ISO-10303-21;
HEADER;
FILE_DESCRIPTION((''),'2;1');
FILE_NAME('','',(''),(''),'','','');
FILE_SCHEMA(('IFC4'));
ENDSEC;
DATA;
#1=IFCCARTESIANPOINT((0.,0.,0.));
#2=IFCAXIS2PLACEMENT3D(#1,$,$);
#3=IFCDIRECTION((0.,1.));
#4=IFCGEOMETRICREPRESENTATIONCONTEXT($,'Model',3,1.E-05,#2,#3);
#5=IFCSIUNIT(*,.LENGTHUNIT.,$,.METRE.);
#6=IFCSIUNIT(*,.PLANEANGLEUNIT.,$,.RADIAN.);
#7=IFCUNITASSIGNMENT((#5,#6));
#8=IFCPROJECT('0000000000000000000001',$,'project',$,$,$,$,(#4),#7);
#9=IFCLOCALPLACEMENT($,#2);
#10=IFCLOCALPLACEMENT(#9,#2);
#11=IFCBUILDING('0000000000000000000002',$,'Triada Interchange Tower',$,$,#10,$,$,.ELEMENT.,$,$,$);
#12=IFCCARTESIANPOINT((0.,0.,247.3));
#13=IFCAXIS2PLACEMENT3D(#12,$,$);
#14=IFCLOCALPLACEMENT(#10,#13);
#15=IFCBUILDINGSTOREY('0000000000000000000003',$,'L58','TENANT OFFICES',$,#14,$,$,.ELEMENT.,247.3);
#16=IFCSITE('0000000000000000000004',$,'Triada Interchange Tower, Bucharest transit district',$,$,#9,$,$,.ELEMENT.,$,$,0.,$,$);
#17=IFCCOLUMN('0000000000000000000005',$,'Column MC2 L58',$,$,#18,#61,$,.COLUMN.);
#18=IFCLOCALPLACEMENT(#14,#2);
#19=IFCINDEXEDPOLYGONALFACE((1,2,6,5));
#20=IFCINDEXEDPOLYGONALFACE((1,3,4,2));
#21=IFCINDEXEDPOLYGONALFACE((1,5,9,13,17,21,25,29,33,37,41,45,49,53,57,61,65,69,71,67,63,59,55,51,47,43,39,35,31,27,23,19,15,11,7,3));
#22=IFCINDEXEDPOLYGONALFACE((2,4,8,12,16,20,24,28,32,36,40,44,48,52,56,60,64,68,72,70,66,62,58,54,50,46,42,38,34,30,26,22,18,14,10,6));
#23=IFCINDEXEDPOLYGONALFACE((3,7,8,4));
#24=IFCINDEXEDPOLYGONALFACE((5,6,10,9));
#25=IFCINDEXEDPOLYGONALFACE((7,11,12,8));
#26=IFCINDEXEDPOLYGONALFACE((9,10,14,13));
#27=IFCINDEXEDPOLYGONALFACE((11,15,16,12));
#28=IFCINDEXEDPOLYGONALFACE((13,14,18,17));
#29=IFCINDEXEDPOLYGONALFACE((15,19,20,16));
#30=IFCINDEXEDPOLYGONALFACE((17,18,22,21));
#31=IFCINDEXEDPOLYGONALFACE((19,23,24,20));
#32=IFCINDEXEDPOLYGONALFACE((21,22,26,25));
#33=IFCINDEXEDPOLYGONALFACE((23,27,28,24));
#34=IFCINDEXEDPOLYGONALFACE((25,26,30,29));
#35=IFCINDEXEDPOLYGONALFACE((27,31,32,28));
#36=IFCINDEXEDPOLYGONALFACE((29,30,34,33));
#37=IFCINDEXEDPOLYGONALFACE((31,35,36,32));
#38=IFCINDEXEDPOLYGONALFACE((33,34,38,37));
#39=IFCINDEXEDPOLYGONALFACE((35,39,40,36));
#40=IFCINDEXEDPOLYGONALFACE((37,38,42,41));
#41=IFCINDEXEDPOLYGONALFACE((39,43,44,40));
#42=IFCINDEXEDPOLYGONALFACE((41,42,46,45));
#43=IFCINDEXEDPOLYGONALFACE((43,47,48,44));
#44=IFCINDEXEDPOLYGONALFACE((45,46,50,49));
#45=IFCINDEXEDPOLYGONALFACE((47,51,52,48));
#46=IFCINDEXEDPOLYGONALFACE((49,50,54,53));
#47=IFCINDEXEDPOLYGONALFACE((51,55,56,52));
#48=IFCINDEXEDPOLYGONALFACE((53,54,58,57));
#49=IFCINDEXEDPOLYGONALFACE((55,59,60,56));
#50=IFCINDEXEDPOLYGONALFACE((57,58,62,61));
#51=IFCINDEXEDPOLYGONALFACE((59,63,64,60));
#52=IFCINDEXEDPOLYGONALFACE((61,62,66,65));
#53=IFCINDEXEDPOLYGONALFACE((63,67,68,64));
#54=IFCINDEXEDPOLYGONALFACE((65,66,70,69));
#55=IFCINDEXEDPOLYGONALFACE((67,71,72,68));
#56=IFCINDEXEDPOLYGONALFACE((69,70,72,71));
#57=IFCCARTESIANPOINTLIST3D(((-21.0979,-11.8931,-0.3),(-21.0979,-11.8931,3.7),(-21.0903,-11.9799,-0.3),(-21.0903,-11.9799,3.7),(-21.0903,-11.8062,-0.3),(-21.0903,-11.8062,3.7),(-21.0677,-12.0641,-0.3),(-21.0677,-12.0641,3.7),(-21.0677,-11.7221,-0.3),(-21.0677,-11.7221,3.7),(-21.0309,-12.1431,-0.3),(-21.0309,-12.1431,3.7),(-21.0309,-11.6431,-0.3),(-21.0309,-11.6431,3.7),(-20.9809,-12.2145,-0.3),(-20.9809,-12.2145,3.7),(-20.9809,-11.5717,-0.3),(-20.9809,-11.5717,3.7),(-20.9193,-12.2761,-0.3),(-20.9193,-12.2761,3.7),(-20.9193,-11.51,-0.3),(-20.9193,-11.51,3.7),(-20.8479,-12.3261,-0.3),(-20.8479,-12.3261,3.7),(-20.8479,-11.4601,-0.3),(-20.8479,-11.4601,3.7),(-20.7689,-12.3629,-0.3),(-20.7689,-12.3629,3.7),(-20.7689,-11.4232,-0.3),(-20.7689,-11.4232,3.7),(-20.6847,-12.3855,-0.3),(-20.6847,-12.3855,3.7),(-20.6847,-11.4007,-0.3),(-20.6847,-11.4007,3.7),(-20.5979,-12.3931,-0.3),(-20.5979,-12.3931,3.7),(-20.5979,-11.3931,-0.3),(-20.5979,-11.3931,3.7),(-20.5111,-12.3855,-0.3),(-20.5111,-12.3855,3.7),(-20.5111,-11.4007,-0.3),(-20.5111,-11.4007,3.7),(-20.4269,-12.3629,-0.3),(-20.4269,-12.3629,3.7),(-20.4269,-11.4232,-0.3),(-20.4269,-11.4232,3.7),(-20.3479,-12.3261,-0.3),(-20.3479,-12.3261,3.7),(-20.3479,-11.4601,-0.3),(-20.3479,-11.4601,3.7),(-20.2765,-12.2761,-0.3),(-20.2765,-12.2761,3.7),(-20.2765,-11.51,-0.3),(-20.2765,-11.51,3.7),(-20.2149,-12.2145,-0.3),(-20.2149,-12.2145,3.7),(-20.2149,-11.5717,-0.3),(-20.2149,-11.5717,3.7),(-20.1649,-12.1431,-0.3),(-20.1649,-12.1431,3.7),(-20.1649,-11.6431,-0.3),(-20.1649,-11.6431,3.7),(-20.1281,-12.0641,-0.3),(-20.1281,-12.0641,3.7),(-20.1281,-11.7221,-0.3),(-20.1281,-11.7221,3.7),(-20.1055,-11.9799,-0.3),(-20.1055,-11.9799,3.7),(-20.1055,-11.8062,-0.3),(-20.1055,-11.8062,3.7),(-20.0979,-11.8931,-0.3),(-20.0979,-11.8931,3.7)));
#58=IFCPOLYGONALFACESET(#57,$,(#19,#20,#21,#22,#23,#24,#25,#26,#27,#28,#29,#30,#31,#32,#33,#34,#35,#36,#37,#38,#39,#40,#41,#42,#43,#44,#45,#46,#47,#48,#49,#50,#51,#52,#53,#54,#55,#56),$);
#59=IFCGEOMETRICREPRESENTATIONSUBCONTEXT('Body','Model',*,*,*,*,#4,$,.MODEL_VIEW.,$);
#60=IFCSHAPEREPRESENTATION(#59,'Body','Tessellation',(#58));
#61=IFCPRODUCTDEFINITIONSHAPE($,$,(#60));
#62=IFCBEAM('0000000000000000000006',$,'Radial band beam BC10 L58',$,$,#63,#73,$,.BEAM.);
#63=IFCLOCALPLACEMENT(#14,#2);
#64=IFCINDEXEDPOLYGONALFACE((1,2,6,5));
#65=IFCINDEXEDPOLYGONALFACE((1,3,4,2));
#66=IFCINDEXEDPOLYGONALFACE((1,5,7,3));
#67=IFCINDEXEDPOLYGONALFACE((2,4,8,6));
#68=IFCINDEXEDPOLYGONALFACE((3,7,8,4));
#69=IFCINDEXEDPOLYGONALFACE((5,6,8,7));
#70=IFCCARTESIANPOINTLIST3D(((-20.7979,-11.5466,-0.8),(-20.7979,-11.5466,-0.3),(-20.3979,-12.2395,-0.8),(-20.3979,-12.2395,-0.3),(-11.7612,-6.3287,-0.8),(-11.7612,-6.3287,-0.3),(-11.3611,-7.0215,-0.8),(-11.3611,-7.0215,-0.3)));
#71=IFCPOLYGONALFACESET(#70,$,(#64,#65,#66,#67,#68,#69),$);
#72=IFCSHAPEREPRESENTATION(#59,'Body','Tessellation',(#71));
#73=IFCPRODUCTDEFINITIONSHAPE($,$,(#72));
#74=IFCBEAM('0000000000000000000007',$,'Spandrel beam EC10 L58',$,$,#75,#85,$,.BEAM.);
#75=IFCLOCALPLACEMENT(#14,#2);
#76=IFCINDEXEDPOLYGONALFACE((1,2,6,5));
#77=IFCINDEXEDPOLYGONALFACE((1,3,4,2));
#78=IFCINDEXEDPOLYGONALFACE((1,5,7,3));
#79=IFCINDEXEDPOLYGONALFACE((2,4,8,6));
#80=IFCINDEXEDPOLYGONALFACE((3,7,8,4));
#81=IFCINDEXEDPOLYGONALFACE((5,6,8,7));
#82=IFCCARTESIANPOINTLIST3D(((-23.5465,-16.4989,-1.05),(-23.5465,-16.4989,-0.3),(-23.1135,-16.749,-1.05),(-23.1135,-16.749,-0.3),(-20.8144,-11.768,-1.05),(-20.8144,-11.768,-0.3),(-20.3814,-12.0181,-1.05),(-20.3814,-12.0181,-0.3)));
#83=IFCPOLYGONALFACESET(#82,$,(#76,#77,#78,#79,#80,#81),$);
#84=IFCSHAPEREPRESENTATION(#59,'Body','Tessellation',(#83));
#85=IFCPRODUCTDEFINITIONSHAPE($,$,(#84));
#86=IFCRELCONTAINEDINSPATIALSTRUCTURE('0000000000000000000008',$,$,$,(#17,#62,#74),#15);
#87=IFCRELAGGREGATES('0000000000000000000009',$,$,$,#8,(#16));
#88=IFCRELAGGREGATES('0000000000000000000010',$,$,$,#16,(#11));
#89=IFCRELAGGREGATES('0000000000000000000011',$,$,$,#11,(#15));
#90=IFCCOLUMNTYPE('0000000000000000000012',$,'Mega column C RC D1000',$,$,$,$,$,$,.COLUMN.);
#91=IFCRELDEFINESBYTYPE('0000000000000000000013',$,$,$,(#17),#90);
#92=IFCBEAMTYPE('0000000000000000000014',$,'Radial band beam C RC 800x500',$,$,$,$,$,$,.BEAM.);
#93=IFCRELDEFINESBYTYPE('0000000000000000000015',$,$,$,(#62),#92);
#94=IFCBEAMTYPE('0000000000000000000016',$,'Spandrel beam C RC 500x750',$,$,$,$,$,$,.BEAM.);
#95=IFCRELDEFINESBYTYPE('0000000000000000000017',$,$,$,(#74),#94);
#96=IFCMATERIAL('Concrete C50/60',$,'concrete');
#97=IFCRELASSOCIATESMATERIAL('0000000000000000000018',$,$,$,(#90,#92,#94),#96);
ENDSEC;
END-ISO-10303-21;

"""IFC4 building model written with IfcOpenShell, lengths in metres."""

from ifc_helpers import new_model, si_unit, direction, frame, origin, origin_2d, place, context, subcontext, project, spatial, rectangle, circle, extrude, material, material_profile, profile_set, type_object, element, save


model = new_model("IFC4")

# Units and contexts
model_context = context("Model", 3, precision=1e-05, world=origin(), true_north=direction((0.0, 1.0)))
body_context = subcontext(model_context, "Body", "Model", "MODEL_VIEW")
ifc_project = project(units=[si_unit("LENGTHUNIT", "METRE"), si_unit("PLANEANGLEUNIT", "RADIAN")], contexts=[model_context])

# Site, building, storey
site_placement = place(None, origin())
site = spatial("IfcSite", under=ifc_project, at=site_placement, Name="Triada Interchange Tower, Bucharest transit district", CompositionType="ELEMENT", RefElevation=0.0)
building_placement = place(site_placement, origin())
building = spatial("IfcBuilding", under=site, at=building_placement, Name="Triada Interchange Tower", CompositionType="ELEMENT")
storey_placement = place(building_placement, frame((0.0, 0.0, 247.3)))
storey = spatial("IfcBuildingStorey", under=building, at=storey_placement, Name="L58", Description="TENANT OFFICES", CompositionType="ELEMENT", Elevation=247.3)

# Column
ifc_material_1 = material(Name="Concrete C50/60", Category="concrete")
ifc_material_profile_1 = material_profile(ifc_material_1, circle(Radius=0.5, at=origin_2d()), Name="RC D1000")
ifc_profile_set_1 = profile_set([ifc_material_profile_1], Name="Concrete C50/60")
column_type = type_object("IfcColumnType", Name="Mega column C RC D1000", PredefinedType="COLUMN", material=ifc_profile_set_1)
column_placement = place(storey_placement, frame((-20.5979, -11.8931, -0.3), z_axis=(0.0, 0.0, 1.0), x_axis=(1.0, 0.0, 0.0)))
element("IfcColumn", 1, at=column_placement, inside=storey, type_object=column_type, Name="Column MC2 L58", PredefinedType="COLUMN", context=body_context, shape_type="SweptSolid", body=[
    extrude(circle(Radius=0.5, at=origin_2d()), origin(), (0.0, 0.0, 1.0), 4.0),
])

# Beams
ifc_material_profile_2 = material_profile(ifc_material_1, rectangle(XDim=0.8, YDim=0.5, at=origin_2d()), Name="RC 800x500")
ifc_profile_set_2 = profile_set([ifc_material_profile_2], Name="Concrete C50/60")
beam_type_1 = type_object("IfcBeamType", Name="Radial band beam C RC 800x500", PredefinedType="BEAM", material=ifc_profile_set_2)
beam_1_placement = place(storey_placement, frame((-20.5979, -11.8931, -0.55), z_axis=(0.866001, 0.500042, 0.0), x_axis=(-0.500042, 0.866001, 0.0)))
element("IfcBeam", 2, at=beam_1_placement, inside=storey, type_object=beam_type_1, Name="Radial band beam BC10 L58", PredefinedType="BEAM", context=body_context, shape_type="SweptSolid", body=[
    extrude(rectangle(XDim=0.8, YDim=0.5, at=origin_2d()), origin(), (0.0, 0.0, 1.0), 10.4351),
])
ifc_material_profile_3 = material_profile(ifc_material_1, rectangle(XDim=0.5, YDim=0.75, at=origin_2d()), Name="RC 500x750")
ifc_profile_set_3 = profile_set([ifc_material_profile_3], Name="Concrete C50/60")
beam_type_2 = type_object("IfcBeamType", Name="Spandrel beam C RC 500x750", PredefinedType="BEAM", material=ifc_profile_set_3)
beam_2_placement = place(storey_placement, frame((-20.5979, -11.8931, -0.675), z_axis=(-0.500104, -0.865965, 0.0), x_axis=(0.865965, -0.500104, 0.0)))
element("IfcBeam", 3, at=beam_2_placement, inside=storey, type_object=beam_type_2, Name="Spandrel beam EC10 L58", PredefinedType="BEAM", context=body_context, shape_type="SweptSolid", body=[
    extrude(rectangle(XDim=0.5, YDim=0.75, at=origin_2d()), origin(), (0.0, 0.0, 1.0), 5.4631),
])

save(model, "model.ifc")
